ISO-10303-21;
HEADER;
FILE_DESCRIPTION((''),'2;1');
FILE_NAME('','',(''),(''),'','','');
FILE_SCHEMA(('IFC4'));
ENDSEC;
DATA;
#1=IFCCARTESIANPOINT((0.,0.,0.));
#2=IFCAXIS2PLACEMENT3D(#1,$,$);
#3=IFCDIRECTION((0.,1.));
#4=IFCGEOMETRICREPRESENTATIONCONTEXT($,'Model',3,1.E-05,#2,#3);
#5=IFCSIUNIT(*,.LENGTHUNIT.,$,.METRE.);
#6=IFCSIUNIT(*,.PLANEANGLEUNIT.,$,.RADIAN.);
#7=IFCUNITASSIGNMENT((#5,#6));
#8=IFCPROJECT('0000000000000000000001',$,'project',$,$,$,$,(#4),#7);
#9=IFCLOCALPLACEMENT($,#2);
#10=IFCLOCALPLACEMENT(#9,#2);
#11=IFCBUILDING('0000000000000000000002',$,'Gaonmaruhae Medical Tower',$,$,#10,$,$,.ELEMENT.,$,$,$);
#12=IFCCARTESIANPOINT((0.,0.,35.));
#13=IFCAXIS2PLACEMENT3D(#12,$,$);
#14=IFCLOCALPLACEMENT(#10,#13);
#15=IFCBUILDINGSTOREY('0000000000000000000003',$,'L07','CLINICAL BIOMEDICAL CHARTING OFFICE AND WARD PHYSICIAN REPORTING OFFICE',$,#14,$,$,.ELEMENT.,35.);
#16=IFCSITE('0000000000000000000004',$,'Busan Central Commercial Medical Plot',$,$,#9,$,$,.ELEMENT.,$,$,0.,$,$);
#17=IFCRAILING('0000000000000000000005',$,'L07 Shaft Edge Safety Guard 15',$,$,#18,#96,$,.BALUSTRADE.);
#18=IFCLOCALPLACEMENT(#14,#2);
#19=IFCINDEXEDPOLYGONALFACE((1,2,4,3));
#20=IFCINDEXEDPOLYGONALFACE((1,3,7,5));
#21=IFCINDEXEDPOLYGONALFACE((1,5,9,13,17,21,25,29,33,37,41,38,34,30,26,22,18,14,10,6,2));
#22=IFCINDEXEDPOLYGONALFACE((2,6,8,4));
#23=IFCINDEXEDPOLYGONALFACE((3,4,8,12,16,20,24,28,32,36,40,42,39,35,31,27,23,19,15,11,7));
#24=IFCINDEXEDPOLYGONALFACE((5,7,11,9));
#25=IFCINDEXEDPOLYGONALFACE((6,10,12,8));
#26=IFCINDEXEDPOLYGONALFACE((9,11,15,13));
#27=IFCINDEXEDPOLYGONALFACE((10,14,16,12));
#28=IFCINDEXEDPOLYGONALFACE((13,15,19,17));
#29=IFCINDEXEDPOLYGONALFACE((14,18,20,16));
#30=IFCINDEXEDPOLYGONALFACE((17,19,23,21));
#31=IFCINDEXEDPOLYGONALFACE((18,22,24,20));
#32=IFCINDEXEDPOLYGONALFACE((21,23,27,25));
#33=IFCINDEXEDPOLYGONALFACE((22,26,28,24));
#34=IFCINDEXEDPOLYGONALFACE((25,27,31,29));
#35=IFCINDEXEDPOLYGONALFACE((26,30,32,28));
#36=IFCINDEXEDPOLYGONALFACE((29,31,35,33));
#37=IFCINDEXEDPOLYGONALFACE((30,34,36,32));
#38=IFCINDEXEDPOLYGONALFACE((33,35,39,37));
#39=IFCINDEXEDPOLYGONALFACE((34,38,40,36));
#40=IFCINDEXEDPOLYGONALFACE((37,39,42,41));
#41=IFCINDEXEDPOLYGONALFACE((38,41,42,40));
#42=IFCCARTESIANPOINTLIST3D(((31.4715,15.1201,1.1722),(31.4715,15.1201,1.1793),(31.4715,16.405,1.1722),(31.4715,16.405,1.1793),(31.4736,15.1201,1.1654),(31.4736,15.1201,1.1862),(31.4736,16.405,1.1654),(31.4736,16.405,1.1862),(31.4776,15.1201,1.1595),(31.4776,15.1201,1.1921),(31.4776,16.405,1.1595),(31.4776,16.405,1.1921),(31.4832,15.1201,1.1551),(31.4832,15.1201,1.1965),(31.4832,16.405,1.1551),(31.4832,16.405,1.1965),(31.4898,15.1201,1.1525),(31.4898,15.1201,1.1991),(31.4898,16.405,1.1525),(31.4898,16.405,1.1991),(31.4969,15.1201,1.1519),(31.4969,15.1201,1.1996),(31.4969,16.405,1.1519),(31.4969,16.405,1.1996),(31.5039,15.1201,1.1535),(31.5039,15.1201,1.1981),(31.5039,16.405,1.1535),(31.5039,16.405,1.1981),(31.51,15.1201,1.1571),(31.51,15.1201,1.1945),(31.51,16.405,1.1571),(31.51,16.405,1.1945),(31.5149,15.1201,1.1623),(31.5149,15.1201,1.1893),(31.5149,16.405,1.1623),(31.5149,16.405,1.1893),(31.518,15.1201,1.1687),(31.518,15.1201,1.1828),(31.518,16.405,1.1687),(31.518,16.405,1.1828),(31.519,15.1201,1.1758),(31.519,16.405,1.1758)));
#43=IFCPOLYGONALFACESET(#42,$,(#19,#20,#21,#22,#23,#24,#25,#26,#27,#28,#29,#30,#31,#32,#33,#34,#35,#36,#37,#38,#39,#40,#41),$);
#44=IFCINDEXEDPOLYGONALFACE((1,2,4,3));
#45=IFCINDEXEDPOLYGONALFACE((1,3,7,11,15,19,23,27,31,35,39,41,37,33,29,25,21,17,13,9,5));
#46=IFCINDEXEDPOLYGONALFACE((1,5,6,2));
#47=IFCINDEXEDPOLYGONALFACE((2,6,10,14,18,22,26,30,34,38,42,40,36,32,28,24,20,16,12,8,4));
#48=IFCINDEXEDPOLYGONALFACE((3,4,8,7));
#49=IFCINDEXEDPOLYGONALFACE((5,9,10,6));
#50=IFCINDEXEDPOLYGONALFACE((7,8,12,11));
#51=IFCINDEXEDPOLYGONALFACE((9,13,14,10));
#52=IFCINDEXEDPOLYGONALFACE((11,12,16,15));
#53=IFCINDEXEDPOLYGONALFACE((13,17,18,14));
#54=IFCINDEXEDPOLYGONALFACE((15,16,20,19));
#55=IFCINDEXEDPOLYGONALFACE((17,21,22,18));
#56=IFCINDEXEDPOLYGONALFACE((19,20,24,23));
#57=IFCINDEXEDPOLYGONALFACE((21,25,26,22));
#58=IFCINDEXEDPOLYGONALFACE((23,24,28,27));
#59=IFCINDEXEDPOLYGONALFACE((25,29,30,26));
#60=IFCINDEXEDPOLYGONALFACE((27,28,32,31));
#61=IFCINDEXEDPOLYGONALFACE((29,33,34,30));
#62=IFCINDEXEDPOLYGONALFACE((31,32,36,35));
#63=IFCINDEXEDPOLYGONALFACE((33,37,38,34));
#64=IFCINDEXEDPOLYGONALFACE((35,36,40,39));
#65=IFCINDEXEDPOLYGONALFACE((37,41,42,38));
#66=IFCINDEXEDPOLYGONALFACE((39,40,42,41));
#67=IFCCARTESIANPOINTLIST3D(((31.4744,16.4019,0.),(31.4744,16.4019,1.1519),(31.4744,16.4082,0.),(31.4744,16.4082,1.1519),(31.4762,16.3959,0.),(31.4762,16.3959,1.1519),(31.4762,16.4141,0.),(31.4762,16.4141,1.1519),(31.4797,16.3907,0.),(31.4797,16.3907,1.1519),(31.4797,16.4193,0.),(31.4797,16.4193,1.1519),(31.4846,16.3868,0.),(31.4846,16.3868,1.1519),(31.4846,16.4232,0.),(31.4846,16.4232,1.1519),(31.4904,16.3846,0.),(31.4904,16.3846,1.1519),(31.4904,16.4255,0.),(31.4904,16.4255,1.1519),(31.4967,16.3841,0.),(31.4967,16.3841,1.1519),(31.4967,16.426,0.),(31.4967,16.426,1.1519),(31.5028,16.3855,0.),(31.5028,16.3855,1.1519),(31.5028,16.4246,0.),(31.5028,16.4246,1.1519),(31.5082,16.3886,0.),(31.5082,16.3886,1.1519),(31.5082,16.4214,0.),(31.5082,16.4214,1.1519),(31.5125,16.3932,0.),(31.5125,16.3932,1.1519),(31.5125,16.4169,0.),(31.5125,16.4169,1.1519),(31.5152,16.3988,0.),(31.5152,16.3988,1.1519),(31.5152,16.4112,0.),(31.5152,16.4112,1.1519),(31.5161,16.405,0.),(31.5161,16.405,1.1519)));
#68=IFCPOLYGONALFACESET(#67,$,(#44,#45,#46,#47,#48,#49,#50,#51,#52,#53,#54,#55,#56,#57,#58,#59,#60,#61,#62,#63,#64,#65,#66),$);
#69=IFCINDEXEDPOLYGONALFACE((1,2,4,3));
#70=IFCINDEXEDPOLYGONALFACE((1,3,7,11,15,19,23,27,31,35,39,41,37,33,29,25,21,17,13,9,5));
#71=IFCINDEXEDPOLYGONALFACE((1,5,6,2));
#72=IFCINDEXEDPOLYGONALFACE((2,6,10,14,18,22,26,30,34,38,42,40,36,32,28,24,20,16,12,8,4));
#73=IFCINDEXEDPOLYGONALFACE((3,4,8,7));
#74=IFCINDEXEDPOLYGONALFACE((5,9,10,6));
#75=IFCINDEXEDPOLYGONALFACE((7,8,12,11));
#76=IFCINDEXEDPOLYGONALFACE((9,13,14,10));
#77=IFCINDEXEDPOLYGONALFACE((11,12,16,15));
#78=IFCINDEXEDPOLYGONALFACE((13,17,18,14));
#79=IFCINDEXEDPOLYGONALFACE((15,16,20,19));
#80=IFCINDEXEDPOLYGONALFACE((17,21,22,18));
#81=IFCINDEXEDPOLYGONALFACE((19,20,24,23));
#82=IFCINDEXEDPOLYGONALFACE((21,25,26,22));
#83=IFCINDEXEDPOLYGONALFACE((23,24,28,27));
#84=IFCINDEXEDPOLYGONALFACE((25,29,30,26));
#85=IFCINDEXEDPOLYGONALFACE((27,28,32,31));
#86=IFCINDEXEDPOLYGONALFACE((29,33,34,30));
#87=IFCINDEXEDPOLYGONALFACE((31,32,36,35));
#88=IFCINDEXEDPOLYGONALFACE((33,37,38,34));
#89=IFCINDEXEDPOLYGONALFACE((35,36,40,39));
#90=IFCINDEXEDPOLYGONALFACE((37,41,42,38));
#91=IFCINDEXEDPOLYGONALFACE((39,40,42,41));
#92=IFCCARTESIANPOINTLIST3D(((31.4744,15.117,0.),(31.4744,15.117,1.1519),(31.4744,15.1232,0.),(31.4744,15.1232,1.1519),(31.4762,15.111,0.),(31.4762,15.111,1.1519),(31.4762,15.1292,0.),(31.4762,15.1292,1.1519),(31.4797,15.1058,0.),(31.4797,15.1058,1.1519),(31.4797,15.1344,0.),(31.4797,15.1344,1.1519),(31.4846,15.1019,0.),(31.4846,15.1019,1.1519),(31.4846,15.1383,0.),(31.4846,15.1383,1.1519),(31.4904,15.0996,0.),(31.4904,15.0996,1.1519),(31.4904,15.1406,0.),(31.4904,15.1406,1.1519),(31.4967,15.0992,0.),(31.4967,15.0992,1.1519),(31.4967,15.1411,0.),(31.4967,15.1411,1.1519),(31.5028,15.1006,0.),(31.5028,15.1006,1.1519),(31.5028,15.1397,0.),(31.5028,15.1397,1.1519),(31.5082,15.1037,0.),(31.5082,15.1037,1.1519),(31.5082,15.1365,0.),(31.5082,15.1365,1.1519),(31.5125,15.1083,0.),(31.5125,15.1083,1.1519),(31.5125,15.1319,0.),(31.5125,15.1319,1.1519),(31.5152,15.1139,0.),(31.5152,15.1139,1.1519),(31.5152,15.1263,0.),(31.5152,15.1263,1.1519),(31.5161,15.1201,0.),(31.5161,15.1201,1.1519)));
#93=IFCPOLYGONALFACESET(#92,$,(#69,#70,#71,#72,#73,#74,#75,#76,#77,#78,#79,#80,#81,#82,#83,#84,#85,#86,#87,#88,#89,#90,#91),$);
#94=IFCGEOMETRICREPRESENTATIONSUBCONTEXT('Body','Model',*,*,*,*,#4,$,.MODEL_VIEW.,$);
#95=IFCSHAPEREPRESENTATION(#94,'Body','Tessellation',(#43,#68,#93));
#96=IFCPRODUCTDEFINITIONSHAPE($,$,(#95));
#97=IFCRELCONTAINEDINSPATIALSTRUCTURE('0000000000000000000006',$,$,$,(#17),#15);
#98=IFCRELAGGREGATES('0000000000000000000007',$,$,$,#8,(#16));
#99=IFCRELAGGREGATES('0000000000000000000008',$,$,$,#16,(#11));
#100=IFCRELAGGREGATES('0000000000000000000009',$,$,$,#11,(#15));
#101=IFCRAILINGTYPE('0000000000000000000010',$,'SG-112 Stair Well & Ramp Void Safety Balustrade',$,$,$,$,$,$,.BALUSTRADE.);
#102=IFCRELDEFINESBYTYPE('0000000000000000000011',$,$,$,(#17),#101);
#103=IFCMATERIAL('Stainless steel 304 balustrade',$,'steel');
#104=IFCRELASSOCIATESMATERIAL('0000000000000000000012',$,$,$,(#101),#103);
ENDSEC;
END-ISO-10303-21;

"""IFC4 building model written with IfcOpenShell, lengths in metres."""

from ifc_helpers import new_model, si_unit, direction, frame, origin, origin_2d, place, context, subcontext, project, spatial, circle, extrude, material, type_object, element, save


model = new_model("IFC4")

# Units and contexts
model_context = context("Model", 3, precision=1e-05, world=origin(), true_north=direction((0.0, 1.0)))
body_context = subcontext(model_context, "Body", "Model", "MODEL_VIEW")
ifc_project = project(units=[si_unit("LENGTHUNIT", "METRE"), si_unit("PLANEANGLEUNIT", "RADIAN")], contexts=[model_context])

# Site, building, storey
site_placement = place(None, origin())
site = spatial("IfcSite", under=ifc_project, at=site_placement, Name="Busan Central Commercial Medical Plot", CompositionType="ELEMENT", RefElevation=0.0)
building_placement = place(site_placement, origin())
building = spatial("IfcBuilding", under=site, at=building_placement, Name="Gaonmaruhae Medical Tower", CompositionType="ELEMENT")
storey_placement = place(building_placement, frame((0.0, 0.0, 35.0)))
storey = spatial("IfcBuildingStorey", under=building, at=storey_placement, Name="L07", Description="CLINICAL BIOMEDICAL CHARTING OFFICE AND WARD PHYSICIAN REPORTING OFFICE", CompositionType="ELEMENT", Elevation=35.0)

# Railing
ifc_material_1 = material(Name="Stainless steel 304 balustrade", Category="steel")
railing_type = type_object("IfcRailingType", Name="SG-112 Stair Well & Ramp Void Safety Balustrade", PredefinedType="BALUSTRADE", material=ifc_material_1)
railing_1_placement = place(storey_placement, frame((31.4951, 16.405, 0.0)))
element("IfcRailing", 1, at=railing_1_placement, inside=storey, type_object=railing_type, Name="L07 Shaft Edge Safety Guard 15", PredefinedType="BALUSTRADE", context=body_context, shape_type="SweptSolid", body=[
    extrude(circle(Radius=0.0239, at=origin_2d()), frame((0.0, 0.0, 1.1758), z_axis=(0.0, -1.0, 0.0), x_axis=(1.0, 0.0, 0.0)), (0.0, 0.0, 1.0), 1.2849),
    extrude(circle(Radius=0.021, at=origin_2d()), origin(), (0.0, 0.0, 1.0), 1.1519),
    extrude(circle(Radius=0.021, at=origin_2d()), frame((0.0, -1.2849, 0.0)), (0.0, 0.0, 1.0), 1.1519),
])

save(model, "model.ifc")
